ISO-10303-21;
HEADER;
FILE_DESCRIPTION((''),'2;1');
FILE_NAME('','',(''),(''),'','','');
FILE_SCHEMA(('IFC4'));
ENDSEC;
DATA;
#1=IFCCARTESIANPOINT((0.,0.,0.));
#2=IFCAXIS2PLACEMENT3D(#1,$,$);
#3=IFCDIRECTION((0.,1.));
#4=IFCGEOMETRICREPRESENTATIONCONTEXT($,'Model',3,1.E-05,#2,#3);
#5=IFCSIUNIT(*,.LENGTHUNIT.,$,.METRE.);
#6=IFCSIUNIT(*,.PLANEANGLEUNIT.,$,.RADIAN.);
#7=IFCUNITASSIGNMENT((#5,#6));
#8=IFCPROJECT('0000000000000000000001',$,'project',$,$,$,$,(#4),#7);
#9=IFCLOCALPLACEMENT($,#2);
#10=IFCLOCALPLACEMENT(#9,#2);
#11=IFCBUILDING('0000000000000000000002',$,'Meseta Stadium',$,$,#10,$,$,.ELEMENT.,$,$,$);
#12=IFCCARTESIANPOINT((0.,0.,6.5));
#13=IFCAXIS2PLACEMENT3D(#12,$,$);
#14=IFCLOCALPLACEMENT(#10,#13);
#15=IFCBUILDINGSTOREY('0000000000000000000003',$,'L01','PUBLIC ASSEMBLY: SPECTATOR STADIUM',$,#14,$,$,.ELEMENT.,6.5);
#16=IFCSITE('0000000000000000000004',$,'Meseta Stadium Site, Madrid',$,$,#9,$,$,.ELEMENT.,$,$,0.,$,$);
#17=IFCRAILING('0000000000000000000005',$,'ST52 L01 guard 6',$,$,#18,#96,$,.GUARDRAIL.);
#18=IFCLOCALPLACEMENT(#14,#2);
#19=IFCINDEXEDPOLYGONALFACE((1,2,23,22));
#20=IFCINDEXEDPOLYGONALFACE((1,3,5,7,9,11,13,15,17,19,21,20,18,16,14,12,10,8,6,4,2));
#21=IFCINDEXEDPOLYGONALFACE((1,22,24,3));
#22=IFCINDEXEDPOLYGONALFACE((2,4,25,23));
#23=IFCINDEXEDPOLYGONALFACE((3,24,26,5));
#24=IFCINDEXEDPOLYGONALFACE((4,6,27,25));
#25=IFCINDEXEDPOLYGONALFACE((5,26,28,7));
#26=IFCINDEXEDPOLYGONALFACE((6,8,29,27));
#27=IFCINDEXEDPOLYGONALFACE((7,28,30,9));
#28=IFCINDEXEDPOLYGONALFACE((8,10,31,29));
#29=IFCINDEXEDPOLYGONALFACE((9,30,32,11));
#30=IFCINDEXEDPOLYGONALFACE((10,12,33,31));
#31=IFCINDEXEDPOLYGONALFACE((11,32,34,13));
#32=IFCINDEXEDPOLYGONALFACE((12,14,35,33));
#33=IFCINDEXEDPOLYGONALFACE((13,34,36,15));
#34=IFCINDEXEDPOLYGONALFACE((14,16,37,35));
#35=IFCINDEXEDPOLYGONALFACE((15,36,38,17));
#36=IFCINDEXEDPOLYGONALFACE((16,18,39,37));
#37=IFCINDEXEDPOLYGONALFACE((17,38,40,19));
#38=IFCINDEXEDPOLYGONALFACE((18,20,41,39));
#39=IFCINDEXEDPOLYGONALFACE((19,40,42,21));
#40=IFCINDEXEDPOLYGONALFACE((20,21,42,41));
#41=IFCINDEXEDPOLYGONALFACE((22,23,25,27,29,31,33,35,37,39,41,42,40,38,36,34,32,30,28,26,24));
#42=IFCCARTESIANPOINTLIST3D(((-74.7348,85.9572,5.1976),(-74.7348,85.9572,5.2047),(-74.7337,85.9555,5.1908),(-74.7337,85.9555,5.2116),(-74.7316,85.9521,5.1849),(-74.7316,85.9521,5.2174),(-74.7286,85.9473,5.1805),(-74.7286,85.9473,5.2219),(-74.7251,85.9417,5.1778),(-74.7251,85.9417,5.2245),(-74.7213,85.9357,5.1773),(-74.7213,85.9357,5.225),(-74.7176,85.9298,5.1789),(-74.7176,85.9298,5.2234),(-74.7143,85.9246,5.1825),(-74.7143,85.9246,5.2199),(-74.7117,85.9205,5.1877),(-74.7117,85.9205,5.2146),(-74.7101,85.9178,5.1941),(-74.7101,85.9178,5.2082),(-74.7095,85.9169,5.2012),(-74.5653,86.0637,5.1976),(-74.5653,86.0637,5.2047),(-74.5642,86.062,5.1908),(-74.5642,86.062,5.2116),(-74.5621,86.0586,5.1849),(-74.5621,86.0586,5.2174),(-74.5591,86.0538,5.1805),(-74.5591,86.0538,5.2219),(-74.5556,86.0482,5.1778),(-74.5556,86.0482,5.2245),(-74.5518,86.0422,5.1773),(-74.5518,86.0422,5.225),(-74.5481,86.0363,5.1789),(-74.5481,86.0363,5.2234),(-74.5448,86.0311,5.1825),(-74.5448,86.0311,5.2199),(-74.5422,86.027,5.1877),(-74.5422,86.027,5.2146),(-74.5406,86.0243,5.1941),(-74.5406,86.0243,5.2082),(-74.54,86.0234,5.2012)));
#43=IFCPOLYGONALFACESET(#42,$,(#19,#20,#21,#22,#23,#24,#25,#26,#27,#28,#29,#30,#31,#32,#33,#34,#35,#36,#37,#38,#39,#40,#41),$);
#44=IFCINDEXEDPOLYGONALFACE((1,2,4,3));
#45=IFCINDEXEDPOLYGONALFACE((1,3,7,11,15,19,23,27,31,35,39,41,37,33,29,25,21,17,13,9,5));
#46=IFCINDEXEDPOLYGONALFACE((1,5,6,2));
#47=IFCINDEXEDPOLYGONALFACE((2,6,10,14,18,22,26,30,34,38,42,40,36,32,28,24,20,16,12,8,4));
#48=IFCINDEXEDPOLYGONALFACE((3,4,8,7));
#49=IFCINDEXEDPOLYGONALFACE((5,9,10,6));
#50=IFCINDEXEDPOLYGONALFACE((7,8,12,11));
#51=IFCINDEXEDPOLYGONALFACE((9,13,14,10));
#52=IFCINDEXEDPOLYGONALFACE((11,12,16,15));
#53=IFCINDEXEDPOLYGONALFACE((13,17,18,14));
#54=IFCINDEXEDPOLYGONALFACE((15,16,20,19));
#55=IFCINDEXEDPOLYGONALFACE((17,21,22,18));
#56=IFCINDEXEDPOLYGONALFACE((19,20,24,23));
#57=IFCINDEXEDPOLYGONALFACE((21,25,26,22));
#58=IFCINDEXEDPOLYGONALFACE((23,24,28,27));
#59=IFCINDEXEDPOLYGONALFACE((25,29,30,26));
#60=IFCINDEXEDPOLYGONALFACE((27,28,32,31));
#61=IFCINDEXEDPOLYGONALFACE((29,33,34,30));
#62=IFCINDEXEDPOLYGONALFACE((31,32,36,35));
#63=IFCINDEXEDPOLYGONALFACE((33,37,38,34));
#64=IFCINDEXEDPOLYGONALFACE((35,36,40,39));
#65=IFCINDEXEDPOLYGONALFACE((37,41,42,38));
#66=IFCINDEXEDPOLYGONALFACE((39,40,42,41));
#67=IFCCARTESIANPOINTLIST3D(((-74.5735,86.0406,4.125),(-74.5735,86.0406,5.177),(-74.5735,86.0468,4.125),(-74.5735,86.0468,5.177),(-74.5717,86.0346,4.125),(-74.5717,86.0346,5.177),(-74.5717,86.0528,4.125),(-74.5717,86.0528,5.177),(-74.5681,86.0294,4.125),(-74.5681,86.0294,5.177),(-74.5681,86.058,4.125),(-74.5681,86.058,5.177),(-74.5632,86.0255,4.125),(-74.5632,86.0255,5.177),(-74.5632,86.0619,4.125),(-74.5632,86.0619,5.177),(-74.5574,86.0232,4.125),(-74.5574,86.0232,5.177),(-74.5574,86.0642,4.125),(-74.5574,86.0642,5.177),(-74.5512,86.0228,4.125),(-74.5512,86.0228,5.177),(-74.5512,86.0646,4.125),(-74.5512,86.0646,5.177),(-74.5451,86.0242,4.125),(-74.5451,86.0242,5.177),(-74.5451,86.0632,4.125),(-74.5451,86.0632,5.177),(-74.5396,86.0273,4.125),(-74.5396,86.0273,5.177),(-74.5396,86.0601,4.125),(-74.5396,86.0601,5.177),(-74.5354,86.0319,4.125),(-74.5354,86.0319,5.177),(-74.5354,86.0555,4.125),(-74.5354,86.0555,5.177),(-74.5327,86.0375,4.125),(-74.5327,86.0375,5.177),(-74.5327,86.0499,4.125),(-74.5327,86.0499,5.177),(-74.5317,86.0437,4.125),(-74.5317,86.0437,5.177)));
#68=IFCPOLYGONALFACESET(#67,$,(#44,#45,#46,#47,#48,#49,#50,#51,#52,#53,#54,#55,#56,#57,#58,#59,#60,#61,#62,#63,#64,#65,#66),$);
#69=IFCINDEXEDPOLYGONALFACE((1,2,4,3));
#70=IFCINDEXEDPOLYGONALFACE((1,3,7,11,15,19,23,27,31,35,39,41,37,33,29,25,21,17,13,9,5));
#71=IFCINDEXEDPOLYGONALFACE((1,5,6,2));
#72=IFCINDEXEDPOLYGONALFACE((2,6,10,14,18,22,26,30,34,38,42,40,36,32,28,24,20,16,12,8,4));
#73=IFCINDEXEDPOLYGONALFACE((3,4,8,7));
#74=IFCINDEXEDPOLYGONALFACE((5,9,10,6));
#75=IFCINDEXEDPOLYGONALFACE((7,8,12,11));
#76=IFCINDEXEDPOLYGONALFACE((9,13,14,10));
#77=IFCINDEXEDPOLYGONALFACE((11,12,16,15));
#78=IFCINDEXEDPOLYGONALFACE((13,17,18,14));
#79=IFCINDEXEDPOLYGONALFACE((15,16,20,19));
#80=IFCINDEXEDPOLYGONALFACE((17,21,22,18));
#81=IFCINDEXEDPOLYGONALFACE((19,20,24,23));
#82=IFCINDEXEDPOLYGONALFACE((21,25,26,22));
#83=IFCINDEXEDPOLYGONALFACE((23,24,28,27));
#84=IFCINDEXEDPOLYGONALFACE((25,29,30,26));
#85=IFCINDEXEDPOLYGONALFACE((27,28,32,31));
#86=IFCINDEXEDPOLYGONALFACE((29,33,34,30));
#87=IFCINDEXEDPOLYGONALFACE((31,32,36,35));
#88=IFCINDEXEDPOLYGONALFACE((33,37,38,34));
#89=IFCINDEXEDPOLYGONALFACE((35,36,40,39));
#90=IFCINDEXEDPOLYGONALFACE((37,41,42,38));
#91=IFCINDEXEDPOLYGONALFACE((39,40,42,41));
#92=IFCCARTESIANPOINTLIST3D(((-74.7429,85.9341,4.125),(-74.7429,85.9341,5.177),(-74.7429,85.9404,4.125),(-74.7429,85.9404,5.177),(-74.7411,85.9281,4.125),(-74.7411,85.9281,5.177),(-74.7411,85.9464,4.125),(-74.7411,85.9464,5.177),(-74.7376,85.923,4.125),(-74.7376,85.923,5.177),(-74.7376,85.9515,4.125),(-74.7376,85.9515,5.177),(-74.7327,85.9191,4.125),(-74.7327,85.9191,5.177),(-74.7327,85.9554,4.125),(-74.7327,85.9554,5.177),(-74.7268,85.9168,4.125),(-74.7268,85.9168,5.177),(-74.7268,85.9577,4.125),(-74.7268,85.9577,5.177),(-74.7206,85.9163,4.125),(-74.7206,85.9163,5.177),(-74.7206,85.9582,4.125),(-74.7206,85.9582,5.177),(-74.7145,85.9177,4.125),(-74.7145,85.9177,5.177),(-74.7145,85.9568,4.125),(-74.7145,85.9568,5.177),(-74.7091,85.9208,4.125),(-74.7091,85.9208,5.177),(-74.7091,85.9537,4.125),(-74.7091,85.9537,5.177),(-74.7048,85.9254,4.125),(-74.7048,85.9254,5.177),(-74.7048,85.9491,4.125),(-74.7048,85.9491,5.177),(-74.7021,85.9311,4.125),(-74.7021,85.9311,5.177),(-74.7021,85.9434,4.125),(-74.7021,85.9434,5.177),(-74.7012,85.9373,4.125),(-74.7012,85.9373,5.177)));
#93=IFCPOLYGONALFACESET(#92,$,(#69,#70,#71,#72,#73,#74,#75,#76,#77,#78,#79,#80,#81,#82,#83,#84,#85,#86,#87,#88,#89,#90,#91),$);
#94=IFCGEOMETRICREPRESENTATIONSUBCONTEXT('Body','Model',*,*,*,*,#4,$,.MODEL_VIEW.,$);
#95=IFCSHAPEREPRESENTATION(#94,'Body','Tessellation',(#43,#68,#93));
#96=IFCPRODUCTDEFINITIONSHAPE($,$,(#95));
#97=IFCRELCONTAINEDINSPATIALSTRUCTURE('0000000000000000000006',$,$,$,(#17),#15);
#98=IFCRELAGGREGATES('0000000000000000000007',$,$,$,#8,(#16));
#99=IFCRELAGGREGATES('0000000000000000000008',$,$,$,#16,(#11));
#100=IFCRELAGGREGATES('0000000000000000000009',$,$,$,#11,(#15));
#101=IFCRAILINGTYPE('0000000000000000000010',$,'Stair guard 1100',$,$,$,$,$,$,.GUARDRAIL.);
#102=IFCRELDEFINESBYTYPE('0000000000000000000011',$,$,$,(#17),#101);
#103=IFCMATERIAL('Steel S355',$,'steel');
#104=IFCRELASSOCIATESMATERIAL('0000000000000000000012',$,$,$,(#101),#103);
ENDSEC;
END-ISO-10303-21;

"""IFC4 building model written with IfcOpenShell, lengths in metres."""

from ifc_helpers import new_model, si_unit, direction, frame, origin, origin_2d, place, context, subcontext, project, spatial, circle, extrude, material, type_object, element, save


model = new_model("IFC4")

# Units and contexts
model_context = context("Model", 3, precision=1e-05, world=origin(), true_north=direction((0.0, 1.0)))
body_context = subcontext(model_context, "Body", "Model", "MODEL_VIEW")
ifc_project = project(units=[si_unit("LENGTHUNIT", "METRE"), si_unit("PLANEANGLEUNIT", "RADIAN")], contexts=[model_context])

# Site, building, storey
site_placement = place(None, origin())
site = spatial("IfcSite", under=ifc_project, at=site_placement, Name="Meseta Stadium Site, Madrid", CompositionType="ELEMENT", RefElevation=0.0)
building_placement = place(site_placement, origin())
building = spatial("IfcBuilding", under=site, at=building_placement, Name="Meseta Stadium", CompositionType="ELEMENT")
storey_placement = place(building_placement, frame((0.0, 0.0, 6.5)))
storey = spatial("IfcBuildingStorey", under=building, at=storey_placement, Name="L01", Description="PUBLIC ASSEMBLY: SPECTATOR STADIUM", CompositionType="ELEMENT", Elevation=6.5)

# Railing
ifc_material_1 = material(Name="Steel S355", Category="steel")
railing_type_1 = type_object("IfcRailingType", Name="Stair guard 1100", PredefinedType="GUARDRAIL", material=ifc_material_1)
railing_1_placement = place(storey_placement, frame((-74.5527, 86.0437, 4.125)))
element("IfcRailing", 1, at=railing_1_placement, inside=storey, type_object=railing_type_1, Name="ST52 L01 guard 6", PredefinedType="GUARDRAIL", context=body_context, shape_type="SweptSolid", body=[
    extrude(circle(Radius=0.0239, at=origin_2d()), frame((0.0, 0.0, 1.0762), z_axis=(-0.846762, -0.531972, 0.0), x_axis=(0.531972, -0.846762, 0.0)), (0.0, 0.0, 1.0), 0.2002),
    extrude(circle(Radius=0.021, at=origin_2d()), origin(), (0.0, 0.0, 1.0), 1.052),
    extrude(circle(Radius=0.021, at=origin_2d()), frame((-0.1694, -0.1064, 0.0)), (0.0, 0.0, 1.0), 1.052),
])

save(model, "model.ifc")
